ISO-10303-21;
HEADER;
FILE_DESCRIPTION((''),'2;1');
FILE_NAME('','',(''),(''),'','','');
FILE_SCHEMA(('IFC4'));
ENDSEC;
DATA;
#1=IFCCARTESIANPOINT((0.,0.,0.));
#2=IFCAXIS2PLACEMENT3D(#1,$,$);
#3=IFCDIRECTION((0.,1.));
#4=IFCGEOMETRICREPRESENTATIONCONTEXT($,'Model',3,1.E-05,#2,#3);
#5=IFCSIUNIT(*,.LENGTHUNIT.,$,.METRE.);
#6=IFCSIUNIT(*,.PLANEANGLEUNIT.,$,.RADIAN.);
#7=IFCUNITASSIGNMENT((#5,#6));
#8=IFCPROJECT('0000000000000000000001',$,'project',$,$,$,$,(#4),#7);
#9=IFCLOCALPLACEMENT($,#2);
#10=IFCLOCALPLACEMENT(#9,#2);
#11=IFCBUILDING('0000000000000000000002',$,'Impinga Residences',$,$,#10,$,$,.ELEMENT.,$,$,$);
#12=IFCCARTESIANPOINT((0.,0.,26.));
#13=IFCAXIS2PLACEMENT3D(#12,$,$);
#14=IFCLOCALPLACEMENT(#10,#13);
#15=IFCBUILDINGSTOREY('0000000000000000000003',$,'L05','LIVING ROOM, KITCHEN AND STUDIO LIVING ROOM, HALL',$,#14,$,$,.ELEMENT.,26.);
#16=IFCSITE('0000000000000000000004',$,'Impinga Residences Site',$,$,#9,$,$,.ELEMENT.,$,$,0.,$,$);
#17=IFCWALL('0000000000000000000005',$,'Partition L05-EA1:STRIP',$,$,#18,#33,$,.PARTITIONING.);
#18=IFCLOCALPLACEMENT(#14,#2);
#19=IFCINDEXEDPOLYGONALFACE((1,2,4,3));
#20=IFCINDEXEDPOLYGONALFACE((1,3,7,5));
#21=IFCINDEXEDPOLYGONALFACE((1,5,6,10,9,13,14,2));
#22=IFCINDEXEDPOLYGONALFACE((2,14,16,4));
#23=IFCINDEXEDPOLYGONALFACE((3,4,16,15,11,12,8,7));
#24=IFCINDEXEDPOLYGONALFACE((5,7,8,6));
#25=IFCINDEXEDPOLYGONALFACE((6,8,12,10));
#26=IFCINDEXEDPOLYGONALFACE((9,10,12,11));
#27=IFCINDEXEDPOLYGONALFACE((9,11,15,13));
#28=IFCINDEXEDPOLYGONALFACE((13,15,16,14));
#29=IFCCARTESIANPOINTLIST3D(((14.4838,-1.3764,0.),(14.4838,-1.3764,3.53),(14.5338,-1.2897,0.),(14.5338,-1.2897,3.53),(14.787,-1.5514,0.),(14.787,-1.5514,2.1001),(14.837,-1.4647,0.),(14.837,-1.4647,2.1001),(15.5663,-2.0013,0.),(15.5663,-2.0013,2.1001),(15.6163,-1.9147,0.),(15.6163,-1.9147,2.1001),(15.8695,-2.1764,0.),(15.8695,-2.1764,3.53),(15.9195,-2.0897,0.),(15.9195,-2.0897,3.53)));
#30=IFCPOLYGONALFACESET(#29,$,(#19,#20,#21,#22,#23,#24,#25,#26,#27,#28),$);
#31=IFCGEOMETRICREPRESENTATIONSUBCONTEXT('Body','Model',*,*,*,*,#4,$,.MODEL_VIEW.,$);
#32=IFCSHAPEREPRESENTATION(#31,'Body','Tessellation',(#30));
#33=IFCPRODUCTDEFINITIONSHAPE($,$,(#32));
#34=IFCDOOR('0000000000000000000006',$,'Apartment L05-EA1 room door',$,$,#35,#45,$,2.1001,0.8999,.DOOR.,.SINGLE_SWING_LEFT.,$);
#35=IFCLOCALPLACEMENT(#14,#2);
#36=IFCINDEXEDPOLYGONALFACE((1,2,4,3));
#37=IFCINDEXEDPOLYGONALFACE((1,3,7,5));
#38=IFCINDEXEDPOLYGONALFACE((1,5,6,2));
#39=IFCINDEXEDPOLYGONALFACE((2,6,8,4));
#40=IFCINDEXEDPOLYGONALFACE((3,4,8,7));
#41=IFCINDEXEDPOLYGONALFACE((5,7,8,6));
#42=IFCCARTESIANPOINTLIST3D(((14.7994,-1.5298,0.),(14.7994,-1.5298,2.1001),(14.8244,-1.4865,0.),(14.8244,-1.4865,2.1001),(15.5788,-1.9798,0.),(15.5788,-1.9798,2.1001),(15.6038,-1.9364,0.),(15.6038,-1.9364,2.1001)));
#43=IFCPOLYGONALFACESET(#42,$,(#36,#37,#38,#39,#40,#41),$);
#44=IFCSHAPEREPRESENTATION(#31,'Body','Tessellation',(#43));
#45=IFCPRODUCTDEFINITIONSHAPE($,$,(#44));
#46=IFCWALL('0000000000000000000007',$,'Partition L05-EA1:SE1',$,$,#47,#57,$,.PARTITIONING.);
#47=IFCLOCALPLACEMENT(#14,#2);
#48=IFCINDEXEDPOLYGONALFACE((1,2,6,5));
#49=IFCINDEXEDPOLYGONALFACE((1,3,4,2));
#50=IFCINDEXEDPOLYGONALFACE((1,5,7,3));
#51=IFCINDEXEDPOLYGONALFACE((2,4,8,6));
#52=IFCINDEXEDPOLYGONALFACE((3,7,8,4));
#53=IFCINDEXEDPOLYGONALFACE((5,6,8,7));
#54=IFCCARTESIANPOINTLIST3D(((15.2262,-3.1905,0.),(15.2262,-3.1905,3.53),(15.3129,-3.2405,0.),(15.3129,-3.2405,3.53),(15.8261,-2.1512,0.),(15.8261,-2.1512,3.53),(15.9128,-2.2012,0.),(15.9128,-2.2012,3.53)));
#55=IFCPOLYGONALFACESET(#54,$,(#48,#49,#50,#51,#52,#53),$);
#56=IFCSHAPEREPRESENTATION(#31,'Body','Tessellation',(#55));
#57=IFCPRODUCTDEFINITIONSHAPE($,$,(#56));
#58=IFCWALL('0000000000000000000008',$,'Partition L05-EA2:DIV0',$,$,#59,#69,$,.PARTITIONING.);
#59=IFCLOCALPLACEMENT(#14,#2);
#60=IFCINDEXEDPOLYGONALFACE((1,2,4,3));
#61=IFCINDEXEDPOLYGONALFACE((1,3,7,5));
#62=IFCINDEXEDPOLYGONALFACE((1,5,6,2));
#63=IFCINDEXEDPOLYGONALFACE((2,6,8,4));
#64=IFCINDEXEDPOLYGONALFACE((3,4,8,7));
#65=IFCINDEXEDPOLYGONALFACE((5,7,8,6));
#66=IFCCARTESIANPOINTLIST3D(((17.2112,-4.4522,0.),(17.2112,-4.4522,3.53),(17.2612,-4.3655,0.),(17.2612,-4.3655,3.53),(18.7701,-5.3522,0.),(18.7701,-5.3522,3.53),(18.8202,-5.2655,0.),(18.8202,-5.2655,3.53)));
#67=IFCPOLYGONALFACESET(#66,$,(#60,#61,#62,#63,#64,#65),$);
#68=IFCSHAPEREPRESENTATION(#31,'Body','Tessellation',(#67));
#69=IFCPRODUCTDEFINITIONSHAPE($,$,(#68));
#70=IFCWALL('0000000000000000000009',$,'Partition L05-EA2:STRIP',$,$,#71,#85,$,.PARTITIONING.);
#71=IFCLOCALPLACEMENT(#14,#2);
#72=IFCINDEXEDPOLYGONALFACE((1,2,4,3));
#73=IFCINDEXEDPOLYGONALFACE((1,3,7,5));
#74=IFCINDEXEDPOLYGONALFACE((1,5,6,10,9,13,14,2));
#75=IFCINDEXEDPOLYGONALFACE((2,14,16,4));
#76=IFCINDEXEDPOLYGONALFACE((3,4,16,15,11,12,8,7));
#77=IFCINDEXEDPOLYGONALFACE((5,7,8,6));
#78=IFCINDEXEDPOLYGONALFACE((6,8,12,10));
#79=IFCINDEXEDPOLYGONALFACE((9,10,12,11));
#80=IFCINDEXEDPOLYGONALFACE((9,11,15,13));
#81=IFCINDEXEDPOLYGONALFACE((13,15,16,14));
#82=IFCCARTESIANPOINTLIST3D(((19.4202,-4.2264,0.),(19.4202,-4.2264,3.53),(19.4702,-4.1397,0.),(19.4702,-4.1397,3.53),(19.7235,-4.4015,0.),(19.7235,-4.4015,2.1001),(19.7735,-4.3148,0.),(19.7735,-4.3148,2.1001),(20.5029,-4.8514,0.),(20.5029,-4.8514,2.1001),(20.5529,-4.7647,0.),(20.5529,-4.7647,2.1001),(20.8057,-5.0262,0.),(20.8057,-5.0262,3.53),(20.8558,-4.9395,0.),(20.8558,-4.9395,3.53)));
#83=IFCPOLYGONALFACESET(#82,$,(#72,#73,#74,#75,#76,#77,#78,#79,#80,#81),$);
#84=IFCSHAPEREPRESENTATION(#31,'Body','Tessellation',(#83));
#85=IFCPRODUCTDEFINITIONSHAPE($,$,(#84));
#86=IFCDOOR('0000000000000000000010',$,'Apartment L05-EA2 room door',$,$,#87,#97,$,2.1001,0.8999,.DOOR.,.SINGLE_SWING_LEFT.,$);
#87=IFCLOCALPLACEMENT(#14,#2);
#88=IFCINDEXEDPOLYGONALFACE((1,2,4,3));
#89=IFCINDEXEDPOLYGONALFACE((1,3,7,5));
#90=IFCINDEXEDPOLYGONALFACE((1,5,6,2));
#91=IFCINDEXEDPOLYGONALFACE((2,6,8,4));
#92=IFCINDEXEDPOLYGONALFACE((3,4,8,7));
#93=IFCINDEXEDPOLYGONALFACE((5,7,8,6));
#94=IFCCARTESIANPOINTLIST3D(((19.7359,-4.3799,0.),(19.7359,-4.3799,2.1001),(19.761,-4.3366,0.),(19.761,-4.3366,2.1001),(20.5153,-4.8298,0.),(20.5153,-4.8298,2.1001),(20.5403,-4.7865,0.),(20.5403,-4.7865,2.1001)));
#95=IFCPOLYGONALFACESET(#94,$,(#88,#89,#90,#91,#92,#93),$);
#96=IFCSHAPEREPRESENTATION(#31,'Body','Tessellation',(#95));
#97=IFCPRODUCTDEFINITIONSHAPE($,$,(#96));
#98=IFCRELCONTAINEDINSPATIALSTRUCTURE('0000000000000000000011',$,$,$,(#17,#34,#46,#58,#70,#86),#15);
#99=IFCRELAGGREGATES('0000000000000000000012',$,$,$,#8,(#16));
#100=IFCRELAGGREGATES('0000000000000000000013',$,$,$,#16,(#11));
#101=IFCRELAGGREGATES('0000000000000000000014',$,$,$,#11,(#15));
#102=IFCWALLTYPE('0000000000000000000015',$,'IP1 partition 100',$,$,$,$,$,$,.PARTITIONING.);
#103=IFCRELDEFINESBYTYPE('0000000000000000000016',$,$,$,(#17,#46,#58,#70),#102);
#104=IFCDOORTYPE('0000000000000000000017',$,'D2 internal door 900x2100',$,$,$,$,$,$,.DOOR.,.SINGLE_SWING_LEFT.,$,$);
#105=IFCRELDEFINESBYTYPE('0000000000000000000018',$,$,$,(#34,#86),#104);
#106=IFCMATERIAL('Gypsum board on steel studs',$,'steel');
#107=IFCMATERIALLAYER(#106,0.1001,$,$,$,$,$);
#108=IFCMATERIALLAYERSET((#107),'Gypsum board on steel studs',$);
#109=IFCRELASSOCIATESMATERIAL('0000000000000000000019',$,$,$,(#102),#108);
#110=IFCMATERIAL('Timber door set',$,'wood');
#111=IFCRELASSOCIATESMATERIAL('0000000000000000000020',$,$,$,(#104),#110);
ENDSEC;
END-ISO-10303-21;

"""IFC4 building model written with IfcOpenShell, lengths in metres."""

from ifc_helpers import new_model, si_unit, direction, frame, frame_2d, origin, place, context, subcontext, project, spatial, rectangle, extrude, material, layer, layer_set, type_object, element, fill, save


model = new_model("IFC4")

# Units and contexts
model_context = context("Model", 3, precision=1e-05, world=origin(), true_north=direction((0.0, 1.0)))
body_context = subcontext(model_context, "Body", "Model", "MODEL_VIEW")
ifc_project = project(units=[si_unit("LENGTHUNIT", "METRE"), si_unit("PLANEANGLEUNIT", "RADIAN")], contexts=[model_context])

# Site, building, storey
site_placement = place(None, origin())
site = spatial("IfcSite", under=ifc_project, at=site_placement, Name="Impinga Residences Site", CompositionType="ELEMENT", RefElevation=0.0)
building_placement = place(site_placement, origin())
building = spatial("IfcBuilding", under=site, at=building_placement, Name="Impinga Residences", CompositionType="ELEMENT")
storey_placement = place(building_placement, frame((0.0, 0.0, 26.0)))
storey = spatial("IfcBuildingStorey", under=building, at=storey_placement, Name="L05", Description="LIVING ROOM, KITCHEN AND STUDIO LIVING ROOM, HALL", CompositionType="ELEMENT", Elevation=26.0)

# Shared definitions
ifc_material_1 = material(Name="Gypsum board on steel studs", Category="steel")
ifc_layer_1 = layer(ifc_material_1, 0.1001)
ifc_layer_set_1 = layer_set([ifc_layer_1], Name="Gypsum board on steel studs")
wall_type_1 = type_object("IfcWallType", Name="IP1 partition 100", PredefinedType="PARTITIONING", material=ifc_layer_set_1)

# Wall, opening, door
wall_1_placement = place(storey_placement, frame((14.5088, -1.333, 0.0), z_axis=(0.0, 0.0, 1.0), x_axis=(0.866028, -0.499995, 0.0)))
wall_1 = element("IfcWall", 1, at=wall_1_placement, inside=storey, type_object=wall_type_1, Name="Partition L05-EA1:STRIP", PredefinedType="PARTITIONING", context=body_context, shape_type="SweptSolid", body=[
    extrude(rectangle(XDim=1.6001, YDim=0.1001, at=frame_2d((0.8, 0.0))), origin(), (0.0, 0.0, 1.0), 3.53),
])
opening_1_placement = place(wall_1_placement, frame((0.3501, 0.0, 0.0)))
opening_1 = element("IfcOpeningElement", 2, at=opening_1_placement, cuts=wall_1, PredefinedType="OPENING", context=body_context, shape_type="SweptSolid", body=[
    extrude(rectangle(XDim=0.8999, YDim=2.1001, at=frame_2d((0.45, 1.05))), frame((0.0, 0.0601, 0.0), z_axis=(0.0, -1.0, 0.0), x_axis=(1.0, 0.0, 0.0)), (0.0, 0.0, 1.0), 0.1201),
])
ifc_material_2 = material(Name="Timber door set", Category="wood")
door_type = type_object("IfcDoorType", Name="D2 internal door 900x2100", OperationType="SINGLE_SWING_LEFT", PredefinedType="DOOR", material=ifc_material_2)
door_1_placement = place(opening_1_placement, origin())
door_1 = element("IfcDoor", 3, at=door_1_placement, inside=storey, type_object=door_type, Name="Apartment L05-EA1 room door", OperationType="SINGLE_SWING_LEFT", OverallHeight=2.1001, OverallWidth=0.8999, PredefinedType="DOOR", context=body_context, shape_type="SweptSolid", body=[
    extrude(rectangle(XDim=0.8999, YDim=2.1001, at=frame_2d((0.45, 1.05))), frame((0.0, 0.0249, 0.0), z_axis=(0.0, -1.0, 0.0), x_axis=(1.0, 0.0, 0.0)), (0.0, 0.0, 1.0), 0.05),
])
fill(opening_1, door_1)

# Walls
wall_2_placement = place(storey_placement, frame((15.2695, -3.2156, 0.0), z_axis=(0.0, 0.0, 1.0), x_axis=(0.499881, 0.866094, 0.0)))
element("IfcWall", 4, at=wall_2_placement, inside=storey, type_object=wall_type_1, Name="Partition L05-EA1:SE1", PredefinedType="PARTITIONING", context=body_context, shape_type="SweptSolid", body=[
    extrude(rectangle(XDim=1.2, YDim=0.1001, at=frame_2d((0.6001, 0.0))), origin(), (0.0, 0.0, 1.0), 3.53),
])
wall_3_placement = place(storey_placement, frame((17.2363, -4.4089, 0.0), z_axis=(0.0, 0.0, 1.0), x_axis=(0.866048, -0.499961, 0.0)))
element("IfcWall", 5, at=wall_3_placement, inside=storey, type_object=wall_type_1, Name="Partition L05-EA2:DIV0", PredefinedType="PARTITIONING", context=body_context, shape_type="SweptSolid", body=[
    extrude(rectangle(XDim=1.8, YDim=0.1001, at=frame_2d((0.8999, 0.0))), origin(), (0.0, 0.0, 1.0), 3.53),
])

# Wall, opening, door
wall_4_placement = place(storey_placement, frame((19.4453, -4.1831, 0.0), z_axis=(0.0, 0.0, 1.0), x_axis=(0.866056, -0.499947, 0.0)))
wall_4 = element("IfcWall", 6, at=wall_4_placement, inside=storey, type_object=wall_type_1, Name="Partition L05-EA2:STRIP", PredefinedType="PARTITIONING", context=body_context, shape_type="SweptSolid", body=[
    extrude(rectangle(XDim=1.5999, YDim=0.1001, at=frame_2d((0.7998, 0.0))), origin(), (0.0, 0.0, 1.0), 3.53),
])
opening_2_placement = place(wall_4_placement, frame((0.3501, 0.0, 0.0)))
opening_2 = element("IfcOpeningElement", 7, at=opening_2_placement, cuts=wall_4, PredefinedType="OPENING", context=body_context, shape_type="SweptSolid", body=[
    extrude(rectangle(XDim=0.8999, YDim=2.1001, at=frame_2d((0.45, 1.05))), frame((0.0, 0.0601, 0.0), z_axis=(0.0, -1.0, 0.0), x_axis=(1.0, 0.0, 0.0)), (0.0, 0.0, 1.0), 0.1201),
])
door_2_placement = place(opening_2_placement, origin())
door_2 = element("IfcDoor", 8, at=door_2_placement, inside=storey, type_object=door_type, Name="Apartment L05-EA2 room door", OperationType="SINGLE_SWING_LEFT", OverallHeight=2.1001, OverallWidth=0.8999, PredefinedType="DOOR", context=body_context, shape_type="SweptSolid", body=[
    extrude(rectangle(XDim=0.8999, YDim=2.1001, at=frame_2d((0.45, 1.05))), frame((0.0, 0.0249, 0.0), z_axis=(0.0, -1.0, 0.0), x_axis=(1.0, 0.0, 0.0)), (0.0, 0.0, 1.0), 0.05),
])
fill(opening_2, door_2)

save(model, "model.ifc")
